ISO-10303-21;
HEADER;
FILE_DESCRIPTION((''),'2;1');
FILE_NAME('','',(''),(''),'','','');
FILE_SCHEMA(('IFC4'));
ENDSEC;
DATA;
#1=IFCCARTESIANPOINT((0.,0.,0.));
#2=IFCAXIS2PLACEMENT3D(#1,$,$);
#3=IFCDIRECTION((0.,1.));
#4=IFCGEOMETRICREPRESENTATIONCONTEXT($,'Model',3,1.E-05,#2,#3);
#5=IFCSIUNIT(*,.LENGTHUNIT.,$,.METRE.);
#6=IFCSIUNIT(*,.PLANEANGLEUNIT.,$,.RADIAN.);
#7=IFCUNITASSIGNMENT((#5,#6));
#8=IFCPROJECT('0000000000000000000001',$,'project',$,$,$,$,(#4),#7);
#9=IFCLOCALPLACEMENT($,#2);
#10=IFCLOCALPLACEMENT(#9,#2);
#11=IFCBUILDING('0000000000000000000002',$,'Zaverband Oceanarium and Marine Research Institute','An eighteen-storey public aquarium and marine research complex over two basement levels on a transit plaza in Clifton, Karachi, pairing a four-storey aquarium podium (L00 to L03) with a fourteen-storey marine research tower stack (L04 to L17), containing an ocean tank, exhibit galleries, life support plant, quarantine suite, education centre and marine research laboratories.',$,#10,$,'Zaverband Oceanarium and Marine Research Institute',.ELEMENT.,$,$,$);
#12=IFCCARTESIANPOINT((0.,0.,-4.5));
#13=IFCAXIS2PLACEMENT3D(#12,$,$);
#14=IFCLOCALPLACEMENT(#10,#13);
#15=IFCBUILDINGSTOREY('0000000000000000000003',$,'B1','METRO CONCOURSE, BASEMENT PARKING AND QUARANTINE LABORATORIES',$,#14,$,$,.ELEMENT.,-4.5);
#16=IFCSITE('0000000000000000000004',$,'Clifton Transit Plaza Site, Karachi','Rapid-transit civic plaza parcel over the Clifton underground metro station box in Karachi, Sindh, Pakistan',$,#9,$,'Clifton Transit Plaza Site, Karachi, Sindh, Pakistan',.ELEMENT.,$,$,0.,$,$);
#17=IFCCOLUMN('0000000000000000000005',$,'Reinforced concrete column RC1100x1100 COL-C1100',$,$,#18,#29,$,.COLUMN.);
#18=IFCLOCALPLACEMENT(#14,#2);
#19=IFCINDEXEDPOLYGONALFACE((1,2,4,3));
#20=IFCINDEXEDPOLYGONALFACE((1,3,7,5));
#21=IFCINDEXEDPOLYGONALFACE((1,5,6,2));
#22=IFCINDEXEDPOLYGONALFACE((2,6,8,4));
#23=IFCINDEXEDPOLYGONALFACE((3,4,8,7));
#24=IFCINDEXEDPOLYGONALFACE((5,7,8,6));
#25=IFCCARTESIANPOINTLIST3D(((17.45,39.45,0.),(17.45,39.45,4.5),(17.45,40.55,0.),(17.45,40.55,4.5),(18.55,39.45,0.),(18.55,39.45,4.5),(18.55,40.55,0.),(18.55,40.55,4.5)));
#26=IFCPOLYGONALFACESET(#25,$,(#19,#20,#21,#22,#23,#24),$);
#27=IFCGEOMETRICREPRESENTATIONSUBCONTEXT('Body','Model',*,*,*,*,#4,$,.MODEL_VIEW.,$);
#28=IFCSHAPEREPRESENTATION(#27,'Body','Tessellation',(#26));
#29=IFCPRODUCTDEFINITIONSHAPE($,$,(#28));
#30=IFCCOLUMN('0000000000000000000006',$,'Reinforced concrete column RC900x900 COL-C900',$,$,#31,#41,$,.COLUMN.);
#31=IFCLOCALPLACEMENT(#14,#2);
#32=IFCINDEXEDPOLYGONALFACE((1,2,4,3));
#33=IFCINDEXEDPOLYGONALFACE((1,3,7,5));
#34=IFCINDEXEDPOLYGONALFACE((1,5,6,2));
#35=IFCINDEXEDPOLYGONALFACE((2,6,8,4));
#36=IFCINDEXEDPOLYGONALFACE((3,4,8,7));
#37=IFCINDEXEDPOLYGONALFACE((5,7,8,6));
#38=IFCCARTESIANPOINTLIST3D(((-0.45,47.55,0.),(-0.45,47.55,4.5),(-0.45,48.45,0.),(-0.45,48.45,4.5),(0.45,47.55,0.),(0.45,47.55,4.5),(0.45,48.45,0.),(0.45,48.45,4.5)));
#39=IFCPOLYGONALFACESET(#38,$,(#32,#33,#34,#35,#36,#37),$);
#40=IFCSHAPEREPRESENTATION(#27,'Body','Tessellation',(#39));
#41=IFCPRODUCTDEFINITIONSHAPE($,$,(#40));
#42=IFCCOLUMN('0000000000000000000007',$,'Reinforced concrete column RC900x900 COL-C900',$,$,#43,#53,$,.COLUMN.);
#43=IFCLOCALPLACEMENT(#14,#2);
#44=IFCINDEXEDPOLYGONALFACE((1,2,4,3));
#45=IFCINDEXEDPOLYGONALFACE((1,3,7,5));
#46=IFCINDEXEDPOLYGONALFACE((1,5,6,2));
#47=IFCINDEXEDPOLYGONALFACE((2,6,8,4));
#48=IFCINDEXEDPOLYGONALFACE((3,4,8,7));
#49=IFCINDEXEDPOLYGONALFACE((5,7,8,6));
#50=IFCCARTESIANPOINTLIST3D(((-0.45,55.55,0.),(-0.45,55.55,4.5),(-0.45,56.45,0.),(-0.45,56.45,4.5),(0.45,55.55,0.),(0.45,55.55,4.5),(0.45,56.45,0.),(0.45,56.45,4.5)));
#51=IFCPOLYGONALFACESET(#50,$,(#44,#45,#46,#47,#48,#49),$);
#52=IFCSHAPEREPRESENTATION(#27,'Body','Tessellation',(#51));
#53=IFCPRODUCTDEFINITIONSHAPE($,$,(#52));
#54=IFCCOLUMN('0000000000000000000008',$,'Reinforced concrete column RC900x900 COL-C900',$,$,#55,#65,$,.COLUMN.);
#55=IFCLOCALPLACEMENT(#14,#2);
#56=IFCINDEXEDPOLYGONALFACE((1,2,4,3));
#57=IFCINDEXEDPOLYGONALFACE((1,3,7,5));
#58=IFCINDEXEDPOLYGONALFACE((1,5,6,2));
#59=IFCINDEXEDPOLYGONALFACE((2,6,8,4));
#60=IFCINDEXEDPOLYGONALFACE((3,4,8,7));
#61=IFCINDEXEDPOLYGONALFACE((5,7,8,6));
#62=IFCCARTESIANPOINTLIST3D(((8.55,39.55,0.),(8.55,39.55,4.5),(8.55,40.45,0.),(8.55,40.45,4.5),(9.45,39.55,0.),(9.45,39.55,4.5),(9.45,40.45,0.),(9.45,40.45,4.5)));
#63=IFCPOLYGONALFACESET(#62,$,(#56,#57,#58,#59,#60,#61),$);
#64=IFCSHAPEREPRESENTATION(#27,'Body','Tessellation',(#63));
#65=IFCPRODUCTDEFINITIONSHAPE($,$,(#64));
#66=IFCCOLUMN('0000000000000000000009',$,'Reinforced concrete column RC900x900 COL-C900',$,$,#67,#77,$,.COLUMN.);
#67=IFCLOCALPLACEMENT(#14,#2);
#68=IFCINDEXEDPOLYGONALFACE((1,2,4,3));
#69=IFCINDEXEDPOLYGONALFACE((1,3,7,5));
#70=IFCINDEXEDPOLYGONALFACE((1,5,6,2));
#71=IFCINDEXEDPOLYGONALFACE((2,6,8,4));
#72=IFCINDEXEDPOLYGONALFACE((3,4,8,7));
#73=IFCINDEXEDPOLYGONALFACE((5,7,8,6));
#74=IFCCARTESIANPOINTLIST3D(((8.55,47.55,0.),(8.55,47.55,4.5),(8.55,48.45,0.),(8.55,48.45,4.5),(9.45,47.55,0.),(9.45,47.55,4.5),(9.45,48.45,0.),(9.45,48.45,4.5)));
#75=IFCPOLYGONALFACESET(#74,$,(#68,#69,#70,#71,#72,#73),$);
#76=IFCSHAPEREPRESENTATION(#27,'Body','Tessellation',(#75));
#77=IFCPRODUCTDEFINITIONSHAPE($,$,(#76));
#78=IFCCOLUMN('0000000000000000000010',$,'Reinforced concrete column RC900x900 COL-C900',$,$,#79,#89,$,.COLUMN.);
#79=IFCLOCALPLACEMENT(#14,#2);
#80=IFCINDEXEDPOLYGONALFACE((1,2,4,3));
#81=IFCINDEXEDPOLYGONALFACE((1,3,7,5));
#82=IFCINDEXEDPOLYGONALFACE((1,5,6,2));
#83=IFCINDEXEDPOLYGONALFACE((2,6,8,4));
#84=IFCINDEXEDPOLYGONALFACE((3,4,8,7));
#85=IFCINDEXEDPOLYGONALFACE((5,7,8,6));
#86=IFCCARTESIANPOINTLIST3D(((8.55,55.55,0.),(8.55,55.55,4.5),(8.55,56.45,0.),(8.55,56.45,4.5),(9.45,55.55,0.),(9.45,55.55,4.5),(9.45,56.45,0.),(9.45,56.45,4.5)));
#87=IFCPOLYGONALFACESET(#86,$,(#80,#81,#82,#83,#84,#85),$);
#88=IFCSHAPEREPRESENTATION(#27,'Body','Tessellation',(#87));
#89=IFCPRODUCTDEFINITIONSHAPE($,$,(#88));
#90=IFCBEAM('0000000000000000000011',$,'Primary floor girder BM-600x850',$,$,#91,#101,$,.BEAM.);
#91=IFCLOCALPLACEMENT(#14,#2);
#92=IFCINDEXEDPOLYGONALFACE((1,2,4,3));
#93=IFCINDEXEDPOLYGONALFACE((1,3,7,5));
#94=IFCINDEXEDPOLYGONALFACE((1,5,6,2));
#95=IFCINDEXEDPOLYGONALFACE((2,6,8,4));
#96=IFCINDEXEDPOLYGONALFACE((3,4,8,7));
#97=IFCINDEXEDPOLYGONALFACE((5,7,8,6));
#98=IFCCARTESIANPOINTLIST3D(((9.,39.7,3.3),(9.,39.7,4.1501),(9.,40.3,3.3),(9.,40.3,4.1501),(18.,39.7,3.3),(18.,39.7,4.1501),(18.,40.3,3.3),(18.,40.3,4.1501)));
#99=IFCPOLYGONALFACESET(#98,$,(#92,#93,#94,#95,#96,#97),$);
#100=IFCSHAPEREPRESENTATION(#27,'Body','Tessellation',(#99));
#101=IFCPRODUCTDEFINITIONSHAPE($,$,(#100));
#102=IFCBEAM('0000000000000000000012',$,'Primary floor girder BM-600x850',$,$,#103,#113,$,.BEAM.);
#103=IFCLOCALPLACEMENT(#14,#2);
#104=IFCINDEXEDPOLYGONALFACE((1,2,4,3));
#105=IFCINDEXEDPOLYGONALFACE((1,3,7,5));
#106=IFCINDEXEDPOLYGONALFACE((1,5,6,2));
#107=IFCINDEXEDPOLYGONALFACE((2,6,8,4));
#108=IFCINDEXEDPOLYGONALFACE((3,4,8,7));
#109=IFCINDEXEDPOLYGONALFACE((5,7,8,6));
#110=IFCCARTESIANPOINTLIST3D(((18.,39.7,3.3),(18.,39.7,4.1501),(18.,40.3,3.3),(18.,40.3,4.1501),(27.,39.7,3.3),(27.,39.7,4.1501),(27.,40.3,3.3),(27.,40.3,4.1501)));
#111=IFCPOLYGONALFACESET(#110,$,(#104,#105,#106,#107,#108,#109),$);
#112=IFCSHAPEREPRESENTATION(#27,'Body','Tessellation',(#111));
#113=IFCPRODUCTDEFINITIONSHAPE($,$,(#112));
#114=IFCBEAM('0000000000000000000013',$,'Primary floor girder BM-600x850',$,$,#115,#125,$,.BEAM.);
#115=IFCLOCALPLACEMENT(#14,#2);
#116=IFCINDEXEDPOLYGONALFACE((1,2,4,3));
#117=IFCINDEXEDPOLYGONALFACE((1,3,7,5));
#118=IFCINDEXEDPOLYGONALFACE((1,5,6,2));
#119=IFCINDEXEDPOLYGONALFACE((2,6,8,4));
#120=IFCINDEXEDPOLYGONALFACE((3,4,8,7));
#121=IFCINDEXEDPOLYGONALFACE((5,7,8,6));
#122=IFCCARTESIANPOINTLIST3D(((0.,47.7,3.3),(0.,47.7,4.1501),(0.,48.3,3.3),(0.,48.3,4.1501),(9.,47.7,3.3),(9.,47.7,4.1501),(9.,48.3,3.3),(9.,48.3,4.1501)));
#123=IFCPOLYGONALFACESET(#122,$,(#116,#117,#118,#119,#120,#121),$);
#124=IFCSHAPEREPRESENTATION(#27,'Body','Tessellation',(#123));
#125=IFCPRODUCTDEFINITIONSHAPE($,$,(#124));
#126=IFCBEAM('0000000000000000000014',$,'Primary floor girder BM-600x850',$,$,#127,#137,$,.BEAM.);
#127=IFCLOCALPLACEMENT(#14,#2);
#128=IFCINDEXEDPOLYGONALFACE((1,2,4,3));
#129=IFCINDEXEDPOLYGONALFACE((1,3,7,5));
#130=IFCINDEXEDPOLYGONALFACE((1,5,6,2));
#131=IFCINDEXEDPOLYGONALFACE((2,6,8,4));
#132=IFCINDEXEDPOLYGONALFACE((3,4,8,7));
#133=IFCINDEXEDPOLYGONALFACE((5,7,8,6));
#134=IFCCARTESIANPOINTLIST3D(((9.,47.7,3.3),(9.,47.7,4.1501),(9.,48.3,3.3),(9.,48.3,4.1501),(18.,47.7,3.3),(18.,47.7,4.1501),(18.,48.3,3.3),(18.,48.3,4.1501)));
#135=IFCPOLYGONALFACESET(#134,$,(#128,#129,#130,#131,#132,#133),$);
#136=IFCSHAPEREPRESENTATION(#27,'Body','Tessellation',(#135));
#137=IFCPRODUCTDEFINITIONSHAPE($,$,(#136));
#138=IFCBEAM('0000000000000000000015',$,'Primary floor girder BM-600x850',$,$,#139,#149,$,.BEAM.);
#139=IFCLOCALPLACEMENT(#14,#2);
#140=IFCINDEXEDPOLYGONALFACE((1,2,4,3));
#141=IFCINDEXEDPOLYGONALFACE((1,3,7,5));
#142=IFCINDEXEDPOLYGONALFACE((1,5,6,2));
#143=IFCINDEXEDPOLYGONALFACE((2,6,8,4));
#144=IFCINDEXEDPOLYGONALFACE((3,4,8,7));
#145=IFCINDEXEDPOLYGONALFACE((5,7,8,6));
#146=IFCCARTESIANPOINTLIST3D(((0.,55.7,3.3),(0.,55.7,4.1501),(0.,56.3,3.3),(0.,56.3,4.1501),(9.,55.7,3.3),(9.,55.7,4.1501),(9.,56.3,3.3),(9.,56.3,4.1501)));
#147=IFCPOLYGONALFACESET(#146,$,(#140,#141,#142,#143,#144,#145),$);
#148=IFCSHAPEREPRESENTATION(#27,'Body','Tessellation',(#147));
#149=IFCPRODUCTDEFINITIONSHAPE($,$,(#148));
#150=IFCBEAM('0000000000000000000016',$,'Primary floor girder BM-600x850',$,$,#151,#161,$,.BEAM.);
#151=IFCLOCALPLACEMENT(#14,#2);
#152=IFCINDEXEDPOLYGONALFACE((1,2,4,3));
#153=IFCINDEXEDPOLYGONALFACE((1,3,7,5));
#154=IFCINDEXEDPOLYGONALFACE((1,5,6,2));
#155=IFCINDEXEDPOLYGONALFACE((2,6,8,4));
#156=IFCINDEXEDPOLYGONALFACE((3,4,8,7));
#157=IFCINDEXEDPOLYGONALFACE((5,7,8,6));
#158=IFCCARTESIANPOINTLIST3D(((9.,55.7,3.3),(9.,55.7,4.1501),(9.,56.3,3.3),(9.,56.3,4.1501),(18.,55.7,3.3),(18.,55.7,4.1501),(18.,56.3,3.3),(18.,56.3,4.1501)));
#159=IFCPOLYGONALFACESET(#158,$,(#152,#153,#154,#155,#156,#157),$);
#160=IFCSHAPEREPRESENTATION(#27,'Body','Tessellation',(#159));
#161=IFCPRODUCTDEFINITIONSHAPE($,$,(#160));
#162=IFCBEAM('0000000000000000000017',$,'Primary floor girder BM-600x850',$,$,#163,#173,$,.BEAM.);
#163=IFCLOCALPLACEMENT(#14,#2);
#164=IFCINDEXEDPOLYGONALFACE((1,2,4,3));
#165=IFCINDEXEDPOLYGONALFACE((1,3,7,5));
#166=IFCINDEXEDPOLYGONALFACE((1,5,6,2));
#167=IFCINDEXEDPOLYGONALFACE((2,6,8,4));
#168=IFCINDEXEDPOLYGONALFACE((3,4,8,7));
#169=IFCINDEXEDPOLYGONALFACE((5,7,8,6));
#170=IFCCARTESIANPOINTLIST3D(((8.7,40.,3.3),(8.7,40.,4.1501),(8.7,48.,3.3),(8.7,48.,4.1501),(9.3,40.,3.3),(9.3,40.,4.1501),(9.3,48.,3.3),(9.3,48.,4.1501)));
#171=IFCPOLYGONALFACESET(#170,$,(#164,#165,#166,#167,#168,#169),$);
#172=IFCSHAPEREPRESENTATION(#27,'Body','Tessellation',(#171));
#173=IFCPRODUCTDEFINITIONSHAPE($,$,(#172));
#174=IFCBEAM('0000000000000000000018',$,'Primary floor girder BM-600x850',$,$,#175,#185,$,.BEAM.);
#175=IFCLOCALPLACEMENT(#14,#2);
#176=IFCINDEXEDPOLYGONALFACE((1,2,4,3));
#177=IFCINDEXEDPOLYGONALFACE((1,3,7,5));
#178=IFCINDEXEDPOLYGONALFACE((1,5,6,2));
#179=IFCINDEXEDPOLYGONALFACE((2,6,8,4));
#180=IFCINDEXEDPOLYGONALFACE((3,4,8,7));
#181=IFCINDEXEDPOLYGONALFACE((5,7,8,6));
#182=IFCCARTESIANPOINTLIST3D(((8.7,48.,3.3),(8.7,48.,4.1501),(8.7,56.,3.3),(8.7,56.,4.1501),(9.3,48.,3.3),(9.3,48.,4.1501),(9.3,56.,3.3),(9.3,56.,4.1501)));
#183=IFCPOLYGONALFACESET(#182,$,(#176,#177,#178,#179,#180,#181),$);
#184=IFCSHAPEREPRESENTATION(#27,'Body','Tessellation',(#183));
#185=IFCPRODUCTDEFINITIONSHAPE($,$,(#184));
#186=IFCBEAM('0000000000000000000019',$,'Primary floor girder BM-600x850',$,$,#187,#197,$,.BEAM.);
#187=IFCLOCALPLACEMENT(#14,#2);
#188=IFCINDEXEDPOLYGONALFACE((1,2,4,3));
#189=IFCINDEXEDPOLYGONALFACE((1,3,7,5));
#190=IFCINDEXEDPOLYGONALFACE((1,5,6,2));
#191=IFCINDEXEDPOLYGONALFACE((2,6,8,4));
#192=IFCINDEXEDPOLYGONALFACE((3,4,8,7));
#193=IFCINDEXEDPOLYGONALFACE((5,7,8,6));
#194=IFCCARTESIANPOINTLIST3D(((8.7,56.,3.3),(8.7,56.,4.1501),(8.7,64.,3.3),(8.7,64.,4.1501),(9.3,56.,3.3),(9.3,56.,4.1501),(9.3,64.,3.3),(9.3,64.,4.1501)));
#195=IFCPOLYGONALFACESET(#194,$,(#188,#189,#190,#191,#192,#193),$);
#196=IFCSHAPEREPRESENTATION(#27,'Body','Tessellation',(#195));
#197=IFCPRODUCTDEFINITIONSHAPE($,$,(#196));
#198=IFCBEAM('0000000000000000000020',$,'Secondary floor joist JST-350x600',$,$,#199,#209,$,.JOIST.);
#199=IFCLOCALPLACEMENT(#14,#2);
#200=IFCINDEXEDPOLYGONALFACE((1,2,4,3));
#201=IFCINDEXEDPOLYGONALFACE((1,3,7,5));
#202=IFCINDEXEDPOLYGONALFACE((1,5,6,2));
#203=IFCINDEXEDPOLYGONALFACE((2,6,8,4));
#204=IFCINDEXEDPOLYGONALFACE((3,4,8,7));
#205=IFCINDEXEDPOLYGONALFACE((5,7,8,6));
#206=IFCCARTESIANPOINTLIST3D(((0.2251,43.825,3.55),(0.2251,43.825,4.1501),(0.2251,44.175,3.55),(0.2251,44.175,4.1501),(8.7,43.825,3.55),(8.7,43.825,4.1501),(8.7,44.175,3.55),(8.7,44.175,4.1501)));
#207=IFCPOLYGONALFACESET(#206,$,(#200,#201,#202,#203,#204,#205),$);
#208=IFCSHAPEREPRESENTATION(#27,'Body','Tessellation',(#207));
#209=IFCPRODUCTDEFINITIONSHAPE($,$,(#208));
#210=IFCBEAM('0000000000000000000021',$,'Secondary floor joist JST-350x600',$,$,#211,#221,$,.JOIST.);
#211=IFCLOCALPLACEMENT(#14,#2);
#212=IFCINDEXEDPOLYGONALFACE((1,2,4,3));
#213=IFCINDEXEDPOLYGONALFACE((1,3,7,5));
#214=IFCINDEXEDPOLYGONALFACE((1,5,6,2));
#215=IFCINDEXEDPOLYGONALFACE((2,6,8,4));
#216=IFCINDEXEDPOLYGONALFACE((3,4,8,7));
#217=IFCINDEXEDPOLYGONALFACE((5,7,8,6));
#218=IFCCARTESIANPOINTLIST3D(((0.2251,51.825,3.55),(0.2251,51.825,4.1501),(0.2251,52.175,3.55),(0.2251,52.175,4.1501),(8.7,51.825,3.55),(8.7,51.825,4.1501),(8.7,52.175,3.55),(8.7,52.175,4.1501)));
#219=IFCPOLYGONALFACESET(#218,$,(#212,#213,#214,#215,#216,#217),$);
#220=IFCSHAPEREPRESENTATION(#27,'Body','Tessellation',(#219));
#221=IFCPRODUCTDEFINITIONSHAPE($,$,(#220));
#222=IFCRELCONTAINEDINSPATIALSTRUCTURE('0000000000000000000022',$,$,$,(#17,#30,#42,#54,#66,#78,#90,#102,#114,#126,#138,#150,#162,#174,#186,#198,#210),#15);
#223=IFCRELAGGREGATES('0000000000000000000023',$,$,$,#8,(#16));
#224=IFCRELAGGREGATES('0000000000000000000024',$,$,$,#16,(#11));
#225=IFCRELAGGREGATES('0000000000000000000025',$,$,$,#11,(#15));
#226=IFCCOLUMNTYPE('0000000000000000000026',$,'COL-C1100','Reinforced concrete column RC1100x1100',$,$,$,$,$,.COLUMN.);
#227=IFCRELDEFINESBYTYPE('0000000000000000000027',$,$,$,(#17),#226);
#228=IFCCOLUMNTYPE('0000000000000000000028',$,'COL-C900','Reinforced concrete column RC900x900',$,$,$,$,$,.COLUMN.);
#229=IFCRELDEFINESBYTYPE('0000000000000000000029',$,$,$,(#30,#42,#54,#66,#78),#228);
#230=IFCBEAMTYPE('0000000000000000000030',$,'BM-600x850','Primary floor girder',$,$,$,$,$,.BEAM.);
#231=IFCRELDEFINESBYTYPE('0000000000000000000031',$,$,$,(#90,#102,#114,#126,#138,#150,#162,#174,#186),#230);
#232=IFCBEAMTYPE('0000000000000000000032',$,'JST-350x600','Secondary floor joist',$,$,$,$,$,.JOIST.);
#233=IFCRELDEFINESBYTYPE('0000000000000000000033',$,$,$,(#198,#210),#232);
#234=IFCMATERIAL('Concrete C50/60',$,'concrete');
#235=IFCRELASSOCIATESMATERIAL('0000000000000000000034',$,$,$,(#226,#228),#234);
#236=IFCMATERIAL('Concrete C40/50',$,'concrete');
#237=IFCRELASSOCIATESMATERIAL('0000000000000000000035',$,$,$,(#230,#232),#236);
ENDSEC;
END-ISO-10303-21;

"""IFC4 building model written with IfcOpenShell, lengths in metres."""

from ifc_helpers import new_model, si_unit, direction, frame, origin, origin_2d, place, context, subcontext, project, spatial, rectangle, extrude, material, material_profile, profile_set, type_object, element, save


model = new_model("IFC4")

# Units and contexts
model_context = context("Model", 3, precision=1e-05, world=origin(), true_north=direction((0.0, 1.0)))
body_context = subcontext(model_context, "Body", "Model", "MODEL_VIEW")
ifc_project = project(units=[si_unit("LENGTHUNIT", "METRE"), si_unit("PLANEANGLEUNIT", "RADIAN")], contexts=[model_context])

# Site, building, storey
site_placement = place(None, origin())
site = spatial("IfcSite", under=ifc_project, at=site_placement, Name="Clifton Transit Plaza Site, Karachi", Description="Rapid-transit civic plaza parcel over the Clifton underground metro station box in Karachi, Sindh, Pakistan", LongName="Clifton Transit Plaza Site, Karachi, Sindh, Pakistan", CompositionType="ELEMENT", RefElevation=0.0)
building_placement = place(site_placement, origin())
building = spatial("IfcBuilding", under=site, at=building_placement, Name="Zaverband Oceanarium and Marine Research Institute", Description="An eighteen-storey public aquarium and marine research complex over two basement levels on a transit plaza in Clifton, Karachi, pairing a four-storey aquarium podium (L00 to L03) with a fourteen-storey marine research tower stack (L04 to L17), containing an ocean tank, exhibit galleries, life support plant, quarantine suite, education centre and marine research laboratories.", LongName="Zaverband Oceanarium and Marine Research Institute", CompositionType="ELEMENT")
storey_placement = place(building_placement, frame((0.0, 0.0, -4.5)))
storey = spatial("IfcBuildingStorey", under=building, at=storey_placement, Name="B1", Description="METRO CONCOURSE, BASEMENT PARKING AND QUARANTINE LABORATORIES", CompositionType="ELEMENT", Elevation=-4.5)

# Columns
ifc_material_1 = material(Name="Concrete C50/60", Category="concrete")
ifc_material_profile_1 = material_profile(ifc_material_1, rectangle(XDim=1.1001, YDim=1.1001, at=origin_2d()), Name="RC1100x1100")
ifc_profile_set_1 = profile_set([ifc_material_profile_1], Name="Concrete C50/60")
column_type_1 = type_object("IfcColumnType", Name="COL-C1100", Description="Reinforced concrete column RC1100x1100", PredefinedType="COLUMN", material=ifc_profile_set_1)
column_placement = place(storey_placement, frame((18.0, 40.0, 0.0), z_axis=(0.0, 0.0, 1.0), x_axis=(1.0, 0.0, 0.0)))
element("IfcColumn", 1, at=column_placement, inside=storey, type_object=column_type_1, Name="Reinforced concrete column RC1100x1100 COL-C1100", PredefinedType="COLUMN", context=body_context, shape_type="SweptSolid", body=[
    extrude(rectangle(XDim=1.1001, YDim=1.1001, at=origin_2d()), origin(), (0.0, 0.0, 1.0), 4.5),
])
ifc_material_profile_2 = material_profile(ifc_material_1, rectangle(XDim=0.8999, YDim=0.8999, at=origin_2d()), Name="RC900x900")
ifc_profile_set_2 = profile_set([ifc_material_profile_2], Name="Concrete C50/60")
column_type_2 = type_object("IfcColumnType", Name="COL-C900", Description="Reinforced concrete column RC900x900", PredefinedType="COLUMN", material=ifc_profile_set_2)
for number, where, z_axis, x_axis, name in (
    (2, (0.0, 48.0, 0.0), (0.0, 0.0, 1.0), (1.0, 0.0, 0.0), "Reinforced concrete column RC900x900 COL-C900"),
    (3, (0.0, 56.0, 0.0), (0.0, 0.0, 1.0), (1.0, 0.0, 0.0), "Reinforced concrete column RC900x900 COL-C900"),
    (4, (9.0, 40.0, 0.0), (0.0, 0.0, 1.0), (1.0, 0.0, 0.0), "Reinforced concrete column RC900x900 COL-C900"),
    (5, (9.0, 48.0, 0.0), (0.0, 0.0, 1.0), (1.0, 0.0, 0.0), "Reinforced concrete column RC900x900 COL-C900"),
    (6, (9.0, 56.0, 0.0), (0.0, 0.0, 1.0), (1.0, 0.0, 0.0), "Reinforced concrete column RC900x900 COL-C900"),
):
    element("IfcColumn", number, at=place(storey_placement, frame(where, z_axis=z_axis, x_axis=x_axis)), inside=storey, type_object=column_type_2, Name=name, PredefinedType="COLUMN", context=body_context, shape_type="SweptSolid", body=[
        extrude(rectangle(XDim=0.8999, YDim=0.8999, at=origin_2d()), origin(), (0.0, 0.0, 1.0), 4.5),
    ])

# Beams
ifc_material_2 = material(Name="Concrete C40/50", Category="concrete")
ifc_material_profile_3 = material_profile(ifc_material_2, rectangle(XDim=0.6001, YDim=0.8501, at=origin_2d()), Name="RC600x850")
ifc_profile_set_3 = profile_set([ifc_material_profile_3], Name="Concrete C40/50")
beam_type_1 = type_object("IfcBeamType", Name="BM-600x850", Description="Primary floor girder", PredefinedType="BEAM", material=ifc_profile_set_3)
for number, where, z_axis, x_axis, name in (
    (7, (9.0, 40.0, 3.7251), (1.0, 0.0, 0.0), (0.0, 1.0, 0.0), "Primary floor girder BM-600x850"),
    (8, (18.0, 40.0, 3.7251), (1.0, 0.0, 0.0), (0.0, 1.0, 0.0), "Primary floor girder BM-600x850"),
    (9, (0.0, 48.0, 3.7251), (1.0, 0.0, 0.0), (0.0, 1.0, 0.0), "Primary floor girder BM-600x850"),
    (10, (9.0, 48.0, 3.7251), (1.0, 0.0, 0.0), (0.0, 1.0, 0.0), "Primary floor girder BM-600x850"),
    (11, (0.0, 56.0, 3.7251), (1.0, 0.0, 0.0), (0.0, 1.0, 0.0), "Primary floor girder BM-600x850"),
    (12, (9.0, 56.0, 3.7251), (1.0, 0.0, 0.0), (0.0, 1.0, 0.0), "Primary floor girder BM-600x850"),
):
    element("IfcBeam", number, at=place(storey_placement, frame(where, z_axis=z_axis, x_axis=x_axis)), inside=storey, type_object=beam_type_1, Name=name, PredefinedType="BEAM", context=body_context, shape_type="SweptSolid", body=[
        extrude(rectangle(XDim=0.6001, YDim=0.8501, at=origin_2d()), origin(), (0.0, 0.0, 1.0), 9.0),
    ])
for number, where, z_axis, x_axis, name in (
    (13, (9.0, 40.0, 3.7251), (0.0, 1.0, 0.0), (-1.0, 0.0, 0.0), "Primary floor girder BM-600x850"),
    (14, (9.0, 48.0, 3.7251), (0.0, 1.0, 0.0), (-1.0, 0.0, 0.0), "Primary floor girder BM-600x850"),
    (15, (9.0, 56.0, 3.7251), (0.0, 1.0, 0.0), (-1.0, 0.0, 0.0), "Primary floor girder BM-600x850"),
):
    element("IfcBeam", number, at=place(storey_placement, frame(where, z_axis=z_axis, x_axis=x_axis)), inside=storey, type_object=beam_type_1, Name=name, PredefinedType="BEAM", context=body_context, shape_type="SweptSolid", body=[
        extrude(rectangle(XDim=0.6001, YDim=0.8501, at=origin_2d()), origin(), (0.0, 0.0, 1.0), 8.0),
    ])
ifc_material_profile_4 = material_profile(ifc_material_2, rectangle(XDim=0.3501, YDim=0.6001, at=origin_2d()), Name="RC350x600")
ifc_profile_set_4 = profile_set([ifc_material_profile_4], Name="Concrete C40/50")
beam_type_2 = type_object("IfcBeamType", Name="JST-350x600", Description="Secondary floor joist", PredefinedType="JOIST", material=ifc_profile_set_4)
for number, where, z_axis, x_axis, name in (
    (16, (0.2251, 44.0, 3.8501), (1.0, 0.0, 0.0), (0.0, 1.0, 0.0), "Secondary floor joist JST-350x600"),
    (17, (0.2251, 52.0, 3.8501), (1.0, 0.0, 0.0), (0.0, 1.0, 0.0), "Secondary floor joist JST-350x600"),
):
    element("IfcBeam", number, at=place(storey_placement, frame(where, z_axis=z_axis, x_axis=x_axis)), inside=storey, type_object=beam_type_2, Name=name, PredefinedType="JOIST", context=body_context, shape_type="SweptSolid", body=[
        extrude(rectangle(XDim=0.3501, YDim=0.6001, at=origin_2d()), origin(), (0.0, 0.0, 1.0), 8.4749),
    ])

save(model, "model.ifc")
